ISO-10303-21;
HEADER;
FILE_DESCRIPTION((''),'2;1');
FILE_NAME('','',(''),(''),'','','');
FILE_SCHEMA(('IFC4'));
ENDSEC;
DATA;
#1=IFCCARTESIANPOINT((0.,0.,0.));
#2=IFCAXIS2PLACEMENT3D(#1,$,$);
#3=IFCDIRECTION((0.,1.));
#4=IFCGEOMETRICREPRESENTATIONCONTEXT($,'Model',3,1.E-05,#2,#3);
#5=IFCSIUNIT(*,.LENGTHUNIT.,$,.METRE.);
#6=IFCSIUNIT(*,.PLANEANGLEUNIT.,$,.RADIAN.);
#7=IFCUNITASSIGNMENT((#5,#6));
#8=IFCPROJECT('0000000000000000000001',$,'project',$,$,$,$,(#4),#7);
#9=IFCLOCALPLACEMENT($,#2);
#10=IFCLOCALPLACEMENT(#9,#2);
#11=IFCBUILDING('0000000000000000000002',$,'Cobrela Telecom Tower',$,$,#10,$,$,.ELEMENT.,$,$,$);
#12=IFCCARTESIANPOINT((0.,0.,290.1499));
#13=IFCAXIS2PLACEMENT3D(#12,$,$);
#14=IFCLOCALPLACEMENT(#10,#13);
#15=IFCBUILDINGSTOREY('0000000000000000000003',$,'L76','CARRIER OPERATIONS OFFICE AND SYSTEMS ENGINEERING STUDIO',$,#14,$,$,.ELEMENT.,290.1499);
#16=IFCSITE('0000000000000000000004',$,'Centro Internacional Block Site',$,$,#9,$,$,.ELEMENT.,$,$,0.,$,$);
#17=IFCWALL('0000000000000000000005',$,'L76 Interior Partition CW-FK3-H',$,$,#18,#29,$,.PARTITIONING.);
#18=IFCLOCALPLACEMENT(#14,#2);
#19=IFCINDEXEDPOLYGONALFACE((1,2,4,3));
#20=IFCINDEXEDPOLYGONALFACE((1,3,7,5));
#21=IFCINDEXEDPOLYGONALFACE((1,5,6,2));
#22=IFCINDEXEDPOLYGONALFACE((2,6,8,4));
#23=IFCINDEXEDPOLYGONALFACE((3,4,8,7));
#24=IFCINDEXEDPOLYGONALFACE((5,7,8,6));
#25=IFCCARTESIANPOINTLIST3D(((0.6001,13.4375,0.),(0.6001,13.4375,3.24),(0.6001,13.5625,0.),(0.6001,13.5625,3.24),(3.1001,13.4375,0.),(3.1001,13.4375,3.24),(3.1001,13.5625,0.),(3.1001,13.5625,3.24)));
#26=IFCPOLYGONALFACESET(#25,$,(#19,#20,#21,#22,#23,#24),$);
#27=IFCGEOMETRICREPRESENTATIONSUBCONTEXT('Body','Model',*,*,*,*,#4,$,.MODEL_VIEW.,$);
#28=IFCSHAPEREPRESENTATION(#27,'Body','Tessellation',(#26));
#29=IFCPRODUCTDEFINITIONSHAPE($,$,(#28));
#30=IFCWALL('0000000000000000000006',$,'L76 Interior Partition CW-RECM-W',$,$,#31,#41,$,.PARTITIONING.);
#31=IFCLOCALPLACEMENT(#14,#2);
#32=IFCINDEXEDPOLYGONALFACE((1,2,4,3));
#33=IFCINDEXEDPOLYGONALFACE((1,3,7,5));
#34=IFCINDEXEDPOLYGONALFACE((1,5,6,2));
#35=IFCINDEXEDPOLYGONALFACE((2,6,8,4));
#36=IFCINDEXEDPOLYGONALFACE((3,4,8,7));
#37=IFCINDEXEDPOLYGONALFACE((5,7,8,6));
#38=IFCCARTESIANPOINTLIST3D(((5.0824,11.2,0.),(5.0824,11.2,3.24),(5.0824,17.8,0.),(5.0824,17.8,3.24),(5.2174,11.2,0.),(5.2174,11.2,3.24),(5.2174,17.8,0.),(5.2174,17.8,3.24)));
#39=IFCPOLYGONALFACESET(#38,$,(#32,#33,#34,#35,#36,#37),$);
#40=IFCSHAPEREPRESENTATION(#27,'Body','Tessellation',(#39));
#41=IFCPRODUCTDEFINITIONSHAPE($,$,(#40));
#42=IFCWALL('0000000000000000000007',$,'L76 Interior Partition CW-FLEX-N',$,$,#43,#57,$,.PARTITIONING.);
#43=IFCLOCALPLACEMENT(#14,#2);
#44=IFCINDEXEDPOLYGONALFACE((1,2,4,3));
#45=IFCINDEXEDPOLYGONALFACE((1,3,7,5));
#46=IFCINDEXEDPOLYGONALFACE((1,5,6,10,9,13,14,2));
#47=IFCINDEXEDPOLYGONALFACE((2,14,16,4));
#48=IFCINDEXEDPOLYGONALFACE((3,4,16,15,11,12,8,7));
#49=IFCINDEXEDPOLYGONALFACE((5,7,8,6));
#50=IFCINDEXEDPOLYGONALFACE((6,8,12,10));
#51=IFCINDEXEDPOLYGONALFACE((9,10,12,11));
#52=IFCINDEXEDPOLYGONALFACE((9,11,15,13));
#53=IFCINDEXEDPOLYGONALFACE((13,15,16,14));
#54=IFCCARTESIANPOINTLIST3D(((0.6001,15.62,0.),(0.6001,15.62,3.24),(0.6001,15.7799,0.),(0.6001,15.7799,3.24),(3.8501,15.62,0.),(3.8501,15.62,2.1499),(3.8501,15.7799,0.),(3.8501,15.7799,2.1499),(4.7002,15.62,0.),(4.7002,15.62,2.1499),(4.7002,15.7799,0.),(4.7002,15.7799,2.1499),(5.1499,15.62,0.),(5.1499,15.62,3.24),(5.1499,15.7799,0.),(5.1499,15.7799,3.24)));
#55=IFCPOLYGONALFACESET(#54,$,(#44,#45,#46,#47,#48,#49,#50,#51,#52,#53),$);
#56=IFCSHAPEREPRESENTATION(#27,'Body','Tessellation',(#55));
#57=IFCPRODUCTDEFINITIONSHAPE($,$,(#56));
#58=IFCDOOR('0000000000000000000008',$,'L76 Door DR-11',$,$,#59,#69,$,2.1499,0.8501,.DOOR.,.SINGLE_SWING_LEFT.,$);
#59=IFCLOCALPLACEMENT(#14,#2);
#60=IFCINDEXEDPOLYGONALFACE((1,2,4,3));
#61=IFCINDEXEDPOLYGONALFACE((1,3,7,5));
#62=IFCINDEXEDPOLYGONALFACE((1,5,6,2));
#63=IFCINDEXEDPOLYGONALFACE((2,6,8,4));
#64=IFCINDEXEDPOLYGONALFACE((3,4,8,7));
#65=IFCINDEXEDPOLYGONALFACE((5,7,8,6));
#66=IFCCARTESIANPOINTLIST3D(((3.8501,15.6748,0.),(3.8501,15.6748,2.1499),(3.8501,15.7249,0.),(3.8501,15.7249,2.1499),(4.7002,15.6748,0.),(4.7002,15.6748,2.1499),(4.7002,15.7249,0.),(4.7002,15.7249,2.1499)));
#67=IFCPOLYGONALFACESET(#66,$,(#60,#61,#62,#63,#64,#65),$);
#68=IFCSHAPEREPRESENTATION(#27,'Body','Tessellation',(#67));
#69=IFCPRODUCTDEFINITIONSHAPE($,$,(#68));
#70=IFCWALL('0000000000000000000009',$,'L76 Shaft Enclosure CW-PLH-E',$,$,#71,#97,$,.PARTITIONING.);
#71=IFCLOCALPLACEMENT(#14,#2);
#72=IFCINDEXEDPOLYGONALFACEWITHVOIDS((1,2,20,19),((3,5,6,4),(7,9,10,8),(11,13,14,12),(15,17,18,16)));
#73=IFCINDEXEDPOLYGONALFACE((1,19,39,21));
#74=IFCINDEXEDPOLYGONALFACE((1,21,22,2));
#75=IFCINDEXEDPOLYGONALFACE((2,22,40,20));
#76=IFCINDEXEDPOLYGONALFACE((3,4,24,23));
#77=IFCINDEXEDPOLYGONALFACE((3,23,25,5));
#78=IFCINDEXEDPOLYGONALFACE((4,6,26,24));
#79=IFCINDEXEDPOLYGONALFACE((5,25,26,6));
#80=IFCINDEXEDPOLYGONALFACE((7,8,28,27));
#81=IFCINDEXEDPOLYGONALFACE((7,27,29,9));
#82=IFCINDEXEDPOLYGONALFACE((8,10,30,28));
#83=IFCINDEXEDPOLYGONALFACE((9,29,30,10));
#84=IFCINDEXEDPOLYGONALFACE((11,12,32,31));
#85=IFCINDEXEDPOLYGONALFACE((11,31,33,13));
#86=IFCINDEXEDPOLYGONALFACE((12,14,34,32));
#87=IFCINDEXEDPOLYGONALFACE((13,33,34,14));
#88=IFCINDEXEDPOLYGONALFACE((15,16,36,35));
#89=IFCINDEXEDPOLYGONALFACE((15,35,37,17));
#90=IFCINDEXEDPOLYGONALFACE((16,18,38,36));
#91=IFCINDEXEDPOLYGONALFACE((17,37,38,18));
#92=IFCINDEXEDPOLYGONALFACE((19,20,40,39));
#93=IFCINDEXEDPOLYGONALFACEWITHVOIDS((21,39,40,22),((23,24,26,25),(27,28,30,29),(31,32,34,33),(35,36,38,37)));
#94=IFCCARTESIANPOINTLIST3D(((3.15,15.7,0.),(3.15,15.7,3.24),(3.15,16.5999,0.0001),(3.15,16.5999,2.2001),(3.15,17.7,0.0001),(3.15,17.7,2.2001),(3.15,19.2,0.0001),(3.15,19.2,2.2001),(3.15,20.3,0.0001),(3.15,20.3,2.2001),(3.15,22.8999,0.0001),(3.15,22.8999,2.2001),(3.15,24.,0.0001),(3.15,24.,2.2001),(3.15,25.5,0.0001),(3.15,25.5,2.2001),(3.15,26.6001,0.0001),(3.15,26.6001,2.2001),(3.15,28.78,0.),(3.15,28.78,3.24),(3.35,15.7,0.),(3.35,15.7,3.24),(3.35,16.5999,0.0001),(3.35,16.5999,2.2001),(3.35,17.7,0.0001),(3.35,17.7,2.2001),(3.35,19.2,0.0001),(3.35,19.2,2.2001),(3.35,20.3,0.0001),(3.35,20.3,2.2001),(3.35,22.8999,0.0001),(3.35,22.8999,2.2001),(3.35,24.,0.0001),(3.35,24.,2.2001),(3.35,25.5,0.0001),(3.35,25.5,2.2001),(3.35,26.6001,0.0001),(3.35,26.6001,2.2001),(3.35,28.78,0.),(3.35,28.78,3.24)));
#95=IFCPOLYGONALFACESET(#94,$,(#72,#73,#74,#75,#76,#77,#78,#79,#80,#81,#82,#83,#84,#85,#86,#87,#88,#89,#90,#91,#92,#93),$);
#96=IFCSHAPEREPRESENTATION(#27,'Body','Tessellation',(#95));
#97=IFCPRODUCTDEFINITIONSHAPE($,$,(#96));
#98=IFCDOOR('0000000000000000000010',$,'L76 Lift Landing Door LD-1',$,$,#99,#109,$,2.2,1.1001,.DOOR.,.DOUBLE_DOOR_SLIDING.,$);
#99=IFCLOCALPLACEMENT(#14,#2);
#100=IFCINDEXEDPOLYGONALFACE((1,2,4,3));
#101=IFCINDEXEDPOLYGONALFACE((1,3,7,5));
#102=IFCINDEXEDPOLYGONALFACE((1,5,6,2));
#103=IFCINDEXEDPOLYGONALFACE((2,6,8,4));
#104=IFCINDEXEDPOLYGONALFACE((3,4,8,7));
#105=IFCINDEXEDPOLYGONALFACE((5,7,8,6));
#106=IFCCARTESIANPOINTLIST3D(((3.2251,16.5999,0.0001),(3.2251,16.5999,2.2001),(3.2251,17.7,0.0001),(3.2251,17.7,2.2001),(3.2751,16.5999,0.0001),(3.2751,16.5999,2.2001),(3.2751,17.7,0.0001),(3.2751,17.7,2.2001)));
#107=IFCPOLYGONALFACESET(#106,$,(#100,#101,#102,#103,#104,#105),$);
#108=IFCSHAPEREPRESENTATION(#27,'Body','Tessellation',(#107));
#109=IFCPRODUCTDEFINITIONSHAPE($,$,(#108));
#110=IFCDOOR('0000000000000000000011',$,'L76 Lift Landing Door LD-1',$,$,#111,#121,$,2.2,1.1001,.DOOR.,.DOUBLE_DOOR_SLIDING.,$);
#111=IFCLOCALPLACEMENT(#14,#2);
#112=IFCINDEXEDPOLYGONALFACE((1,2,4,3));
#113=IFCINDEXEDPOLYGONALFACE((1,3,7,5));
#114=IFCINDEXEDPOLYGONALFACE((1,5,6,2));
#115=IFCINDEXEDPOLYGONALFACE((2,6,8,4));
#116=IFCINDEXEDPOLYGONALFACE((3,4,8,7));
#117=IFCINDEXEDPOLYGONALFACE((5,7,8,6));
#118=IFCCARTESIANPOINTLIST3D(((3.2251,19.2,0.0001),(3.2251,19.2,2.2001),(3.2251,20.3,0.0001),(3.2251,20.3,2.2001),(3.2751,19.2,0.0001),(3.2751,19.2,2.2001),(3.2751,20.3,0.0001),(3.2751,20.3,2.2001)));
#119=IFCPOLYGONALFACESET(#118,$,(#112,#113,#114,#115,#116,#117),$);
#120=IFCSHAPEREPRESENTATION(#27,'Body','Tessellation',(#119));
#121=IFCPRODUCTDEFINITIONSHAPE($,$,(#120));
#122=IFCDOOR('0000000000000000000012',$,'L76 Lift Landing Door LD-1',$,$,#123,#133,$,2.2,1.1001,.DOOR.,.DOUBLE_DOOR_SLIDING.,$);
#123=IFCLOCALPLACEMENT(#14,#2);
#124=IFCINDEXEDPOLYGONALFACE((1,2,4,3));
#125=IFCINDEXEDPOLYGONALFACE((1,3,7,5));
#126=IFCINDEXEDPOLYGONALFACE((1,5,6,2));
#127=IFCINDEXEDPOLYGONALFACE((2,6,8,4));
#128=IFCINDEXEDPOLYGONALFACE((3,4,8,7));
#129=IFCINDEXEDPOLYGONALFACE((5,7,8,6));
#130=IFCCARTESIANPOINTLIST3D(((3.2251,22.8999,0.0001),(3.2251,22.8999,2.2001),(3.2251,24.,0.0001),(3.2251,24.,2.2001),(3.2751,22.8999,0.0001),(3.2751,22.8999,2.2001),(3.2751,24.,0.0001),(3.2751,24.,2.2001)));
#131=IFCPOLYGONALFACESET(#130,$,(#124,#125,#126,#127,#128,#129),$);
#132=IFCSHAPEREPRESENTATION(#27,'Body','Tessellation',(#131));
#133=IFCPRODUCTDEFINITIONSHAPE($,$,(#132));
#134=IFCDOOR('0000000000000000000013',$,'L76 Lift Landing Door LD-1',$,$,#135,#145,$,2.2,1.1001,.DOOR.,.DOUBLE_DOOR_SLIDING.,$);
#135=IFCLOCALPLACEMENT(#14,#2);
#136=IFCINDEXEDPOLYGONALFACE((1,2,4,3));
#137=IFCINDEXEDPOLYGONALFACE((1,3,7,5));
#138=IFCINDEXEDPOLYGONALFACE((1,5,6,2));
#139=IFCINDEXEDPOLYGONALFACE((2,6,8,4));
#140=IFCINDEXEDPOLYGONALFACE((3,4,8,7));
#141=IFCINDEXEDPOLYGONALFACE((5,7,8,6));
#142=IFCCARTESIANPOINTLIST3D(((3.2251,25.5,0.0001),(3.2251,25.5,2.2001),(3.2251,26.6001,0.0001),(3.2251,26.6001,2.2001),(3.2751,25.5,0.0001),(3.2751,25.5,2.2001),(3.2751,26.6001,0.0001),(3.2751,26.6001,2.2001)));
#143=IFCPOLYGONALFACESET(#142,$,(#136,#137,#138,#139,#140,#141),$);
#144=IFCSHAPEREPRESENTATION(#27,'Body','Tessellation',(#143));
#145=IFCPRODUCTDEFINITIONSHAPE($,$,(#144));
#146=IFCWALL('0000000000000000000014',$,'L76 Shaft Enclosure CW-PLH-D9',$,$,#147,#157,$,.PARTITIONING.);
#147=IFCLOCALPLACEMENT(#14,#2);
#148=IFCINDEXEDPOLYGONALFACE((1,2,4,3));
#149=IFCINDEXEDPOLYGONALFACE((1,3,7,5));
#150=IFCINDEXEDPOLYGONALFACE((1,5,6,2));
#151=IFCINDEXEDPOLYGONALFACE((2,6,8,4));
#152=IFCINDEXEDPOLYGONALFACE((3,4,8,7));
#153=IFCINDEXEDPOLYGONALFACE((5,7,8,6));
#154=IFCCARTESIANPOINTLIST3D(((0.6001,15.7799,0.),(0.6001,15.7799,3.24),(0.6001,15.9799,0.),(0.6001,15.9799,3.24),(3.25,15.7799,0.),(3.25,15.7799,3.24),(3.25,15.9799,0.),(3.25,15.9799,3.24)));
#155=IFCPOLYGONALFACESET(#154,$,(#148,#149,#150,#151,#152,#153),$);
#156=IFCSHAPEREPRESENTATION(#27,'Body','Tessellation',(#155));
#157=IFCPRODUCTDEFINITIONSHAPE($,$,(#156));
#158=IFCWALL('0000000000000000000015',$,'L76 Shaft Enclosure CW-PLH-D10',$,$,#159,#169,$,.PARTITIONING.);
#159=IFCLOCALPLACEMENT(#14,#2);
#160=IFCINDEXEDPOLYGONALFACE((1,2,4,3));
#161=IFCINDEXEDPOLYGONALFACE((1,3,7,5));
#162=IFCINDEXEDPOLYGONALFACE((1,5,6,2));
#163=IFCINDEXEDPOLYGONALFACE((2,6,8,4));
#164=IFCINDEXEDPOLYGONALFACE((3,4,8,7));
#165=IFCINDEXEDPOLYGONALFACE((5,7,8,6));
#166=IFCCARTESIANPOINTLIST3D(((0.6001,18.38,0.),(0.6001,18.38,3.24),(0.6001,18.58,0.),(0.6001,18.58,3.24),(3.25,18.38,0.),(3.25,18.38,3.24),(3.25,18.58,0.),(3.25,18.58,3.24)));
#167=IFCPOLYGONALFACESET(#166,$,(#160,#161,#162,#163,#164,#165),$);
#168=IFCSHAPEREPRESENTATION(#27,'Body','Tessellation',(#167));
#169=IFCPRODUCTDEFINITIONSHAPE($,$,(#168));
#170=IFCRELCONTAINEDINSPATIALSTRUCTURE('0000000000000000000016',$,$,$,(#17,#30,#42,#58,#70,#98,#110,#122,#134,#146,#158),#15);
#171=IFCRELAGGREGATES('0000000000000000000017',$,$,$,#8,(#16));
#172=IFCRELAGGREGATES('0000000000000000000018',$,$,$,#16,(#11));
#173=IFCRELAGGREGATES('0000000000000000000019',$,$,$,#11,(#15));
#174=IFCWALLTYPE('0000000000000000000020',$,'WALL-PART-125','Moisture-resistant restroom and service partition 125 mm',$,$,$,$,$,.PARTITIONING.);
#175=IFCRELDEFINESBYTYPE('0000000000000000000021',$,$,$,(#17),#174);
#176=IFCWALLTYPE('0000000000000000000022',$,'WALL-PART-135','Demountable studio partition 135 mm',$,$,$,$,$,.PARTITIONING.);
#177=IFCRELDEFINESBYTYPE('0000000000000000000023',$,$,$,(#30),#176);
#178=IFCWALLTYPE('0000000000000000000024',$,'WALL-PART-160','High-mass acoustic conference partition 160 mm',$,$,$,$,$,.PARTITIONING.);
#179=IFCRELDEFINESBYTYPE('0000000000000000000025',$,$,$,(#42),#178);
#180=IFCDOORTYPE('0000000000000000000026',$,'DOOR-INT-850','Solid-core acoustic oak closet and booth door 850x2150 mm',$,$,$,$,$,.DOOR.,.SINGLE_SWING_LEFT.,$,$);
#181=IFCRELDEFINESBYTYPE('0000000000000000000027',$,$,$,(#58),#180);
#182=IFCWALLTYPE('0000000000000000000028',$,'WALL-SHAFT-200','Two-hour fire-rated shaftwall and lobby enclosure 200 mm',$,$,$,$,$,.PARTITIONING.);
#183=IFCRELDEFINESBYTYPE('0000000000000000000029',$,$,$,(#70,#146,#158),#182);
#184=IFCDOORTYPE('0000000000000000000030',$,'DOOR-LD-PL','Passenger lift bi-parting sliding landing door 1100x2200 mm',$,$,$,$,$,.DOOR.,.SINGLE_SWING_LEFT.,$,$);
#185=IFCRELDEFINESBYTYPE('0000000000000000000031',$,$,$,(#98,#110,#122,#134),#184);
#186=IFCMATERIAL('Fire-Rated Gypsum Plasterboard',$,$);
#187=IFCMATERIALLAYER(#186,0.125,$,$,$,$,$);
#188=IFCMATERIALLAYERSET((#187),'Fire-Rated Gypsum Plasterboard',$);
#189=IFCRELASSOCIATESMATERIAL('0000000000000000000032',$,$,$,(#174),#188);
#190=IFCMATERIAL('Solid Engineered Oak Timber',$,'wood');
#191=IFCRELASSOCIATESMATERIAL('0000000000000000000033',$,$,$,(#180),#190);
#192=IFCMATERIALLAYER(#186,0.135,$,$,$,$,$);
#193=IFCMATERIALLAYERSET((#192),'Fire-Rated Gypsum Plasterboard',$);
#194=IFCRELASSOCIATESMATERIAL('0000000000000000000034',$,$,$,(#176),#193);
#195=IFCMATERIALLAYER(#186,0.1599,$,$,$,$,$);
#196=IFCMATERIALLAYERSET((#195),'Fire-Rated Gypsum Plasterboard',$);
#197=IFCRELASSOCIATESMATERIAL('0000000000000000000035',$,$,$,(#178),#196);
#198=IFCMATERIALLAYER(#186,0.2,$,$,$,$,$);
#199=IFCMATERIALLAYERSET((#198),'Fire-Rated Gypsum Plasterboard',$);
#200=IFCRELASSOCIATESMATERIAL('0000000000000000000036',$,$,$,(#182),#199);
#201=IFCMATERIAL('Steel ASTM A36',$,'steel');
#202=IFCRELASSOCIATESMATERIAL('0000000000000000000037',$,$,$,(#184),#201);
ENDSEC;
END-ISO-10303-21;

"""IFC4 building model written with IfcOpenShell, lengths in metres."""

from ifc_helpers import new_model, si_unit, direction, frame, frame_2d, origin, place, context, subcontext, project, spatial, rectangle, extrude, material, layer, layer_set, type_object, element, fill, save


model = new_model("IFC4")

# Units and contexts
model_context = context("Model", 3, precision=1e-05, world=origin(), true_north=direction((0.0, 1.0)))
body_context = subcontext(model_context, "Body", "Model", "MODEL_VIEW")
ifc_project = project(units=[si_unit("LENGTHUNIT", "METRE"), si_unit("PLANEANGLEUNIT", "RADIAN")], contexts=[model_context])

# Site, building, storey
site_placement = place(None, origin())
site = spatial("IfcSite", under=ifc_project, at=site_placement, Name="Centro Internacional Block Site", CompositionType="ELEMENT", RefElevation=0.0)
building_placement = place(site_placement, origin())
building = spatial("IfcBuilding", under=site, at=building_placement, Name="Cobrela Telecom Tower", CompositionType="ELEMENT")
storey_placement = place(building_placement, frame((0.0, 0.0, 290.1499)))
storey = spatial("IfcBuildingStorey", under=building, at=storey_placement, Name="L76", Description="CARRIER OPERATIONS OFFICE AND SYSTEMS ENGINEERING STUDIO", CompositionType="ELEMENT", Elevation=290.1499)

# Wall
ifc_material_1 = material(Name="Fire-Rated Gypsum Plasterboard")
ifc_layer_1 = layer(ifc_material_1, 0.125)
ifc_layer_set_1 = layer_set([ifc_layer_1], Name="Fire-Rated Gypsum Plasterboard")
wall_type_1 = type_object("IfcWallType", Name="WALL-PART-125", Description="Moisture-resistant restroom and service partition 125 mm", PredefinedType="PARTITIONING", material=ifc_layer_set_1)
wall_1_placement = place(storey_placement, frame((0.6001, 13.5, 0.0), z_axis=(0.0, 0.0, 1.0), x_axis=(1.0, 0.0, 0.0)))
element("IfcWall", 1, at=wall_1_placement, inside=storey, type_object=wall_type_1, Name="L76 Interior Partition CW-FK3-H", PredefinedType="PARTITIONING", context=body_context, shape_type="SweptSolid", body=[
    extrude(rectangle(XDim=2.5, YDim=0.125, at=frame_2d((1.25, 0.0))), origin(), (0.0, 0.0, 1.0), 3.24),
])

# Shared definitions
ifc_material_2 = material(Name="Solid Engineered Oak Timber", Category="wood")
door_type_1 = type_object("IfcDoorType", Name="DOOR-INT-850", Description="Solid-core acoustic oak closet and booth door 850x2150 mm", OperationType="SINGLE_SWING_LEFT", PredefinedType="DOOR", material=ifc_material_2)

# Wall
ifc_layer_2 = layer(ifc_material_1, 0.135)
ifc_layer_set_2 = layer_set([ifc_layer_2], Name="Fire-Rated Gypsum Plasterboard")
wall_type_2 = type_object("IfcWallType", Name="WALL-PART-135", Description="Demountable studio partition 135 mm", PredefinedType="PARTITIONING", material=ifc_layer_set_2)
wall_2_placement = place(storey_placement, frame((5.1499, 11.2, 0.0), z_axis=(0.0, 0.0, 1.0), x_axis=(0.0, 1.0, 0.0)))
element("IfcWall", 2, at=wall_2_placement, inside=storey, type_object=wall_type_2, Name="L76 Interior Partition CW-RECM-W", PredefinedType="PARTITIONING", context=body_context, shape_type="SweptSolid", body=[
    extrude(rectangle(XDim=6.6001, YDim=0.135, at=frame_2d((3.3, 0.0))), origin(), (0.0, 0.0, 1.0), 3.24),
])

# Wall, opening, door
ifc_layer_3 = layer(ifc_material_1, 0.1599)
ifc_layer_set_3 = layer_set([ifc_layer_3], Name="Fire-Rated Gypsum Plasterboard")
wall_type_3 = type_object("IfcWallType", Name="WALL-PART-160", Description="High-mass acoustic conference partition 160 mm", PredefinedType="PARTITIONING", material=ifc_layer_set_3)
wall_3_placement = place(storey_placement, frame((0.6001, 15.7, 0.0), z_axis=(0.0, 0.0, 1.0), x_axis=(1.0, 0.0, 0.0)))
wall_3 = element("IfcWall", 3, at=wall_3_placement, inside=storey, type_object=wall_type_3, Name="L76 Interior Partition CW-FLEX-N", PredefinedType="PARTITIONING", context=body_context, shape_type="SweptSolid", body=[
    extrude(rectangle(XDim=4.5498, YDim=0.1599, at=frame_2d((2.2749, 0.0))), origin(), (0.0, 0.0, 1.0), 3.24),
])
opening_1_placement = place(wall_3_placement, frame((3.25, 0.0, 0.0)))
opening_1 = element("IfcOpeningElement", 4, at=opening_1_placement, cuts=wall_3, PredefinedType="OPENING", context=body_context, shape_type="SweptSolid", body=[
    extrude(rectangle(XDim=0.8501, YDim=2.1499, at=frame_2d((0.425, 1.075))), frame((0.0, 0.0918, 0.0), z_axis=(0.0, -1.0, 0.0), x_axis=(1.0, 0.0, 0.0)), (0.0, 0.0, 1.0), 0.1838),
])
door_1_placement = place(opening_1_placement, origin())
door_1 = element("IfcDoor", 5, at=door_1_placement, inside=storey, type_object=door_type_1, Name="L76 Door DR-11", OperationType="SINGLE_SWING_LEFT", OverallHeight=2.1499, OverallWidth=0.8501, PredefinedType="DOOR", context=body_context, shape_type="SweptSolid", body=[
    extrude(rectangle(XDim=0.8501, YDim=2.1499, at=frame_2d((0.425, 1.075))), frame((0.0, 0.0249, 0.0), z_axis=(0.0, -1.0, 0.0), x_axis=(1.0, 0.0, 0.0)), (0.0, 0.0, 1.0), 0.05),
])
fill(opening_1, door_1)

# Wall, openings, doors
ifc_layer_4 = layer(ifc_material_1, 0.2)
ifc_layer_set_4 = layer_set([ifc_layer_4], Name="Fire-Rated Gypsum Plasterboard")
wall_type_4 = type_object("IfcWallType", Name="WALL-SHAFT-200", Description="Two-hour fire-rated shaftwall and lobby enclosure 200 mm", PredefinedType="PARTITIONING", material=ifc_layer_set_4)
wall_4_placement = place(storey_placement, frame((3.25, 15.7, 0.0), z_axis=(0.0, 0.0, 1.0), x_axis=(0.0, 1.0, 0.0)))
wall_4 = element("IfcWall", 6, at=wall_4_placement, inside=storey, type_object=wall_type_4, Name="L76 Shaft Enclosure CW-PLH-E", PredefinedType="PARTITIONING", context=body_context, shape_type="SweptSolid", body=[
    extrude(rectangle(XDim=13.0801, YDim=0.2, at=frame_2d((6.54, 0.0))), origin(), (0.0, 0.0, 1.0), 3.24),
])
opening_2_placement = place(wall_4_placement, frame((0.8999, 0.0, 0.0)))
opening_2 = element("IfcOpeningElement", 7, at=opening_2_placement, cuts=wall_4, PredefinedType="OPENING", context=body_context, shape_type="SweptSolid", body=[
    extrude(rectangle(XDim=1.1001, YDim=2.2, at=frame_2d((0.55, 1.1001))), frame((0.0, 0.1118, 0.0), z_axis=(0.0, -1.0, 0.0), x_axis=(1.0, 0.0, 0.0)), (0.0, 0.0, 1.0), 0.2239),
])
opening_3_placement = place(wall_4_placement, frame((3.5, 0.0, 0.0)))
opening_3 = element("IfcOpeningElement", 8, at=opening_3_placement, cuts=wall_4, PredefinedType="OPENING", context=body_context, shape_type="SweptSolid", body=[
    extrude(rectangle(XDim=1.1001, YDim=2.2, at=frame_2d((0.55, 1.1001))), frame((0.0, 0.1118, 0.0), z_axis=(0.0, -1.0, 0.0), x_axis=(1.0, 0.0, 0.0)), (0.0, 0.0, 1.0), 0.2239),
])
opening_4_placement = place(wall_4_placement, frame((7.2, 0.0, 0.0)))
opening_4 = element("IfcOpeningElement", 9, at=opening_4_placement, cuts=wall_4, PredefinedType="OPENING", context=body_context, shape_type="SweptSolid", body=[
    extrude(rectangle(XDim=1.1001, YDim=2.2, at=frame_2d((0.55, 1.1001))), frame((0.0, 0.1118, 0.0), z_axis=(0.0, -1.0, 0.0), x_axis=(1.0, 0.0, 0.0)), (0.0, 0.0, 1.0), 0.2239),
])
opening_5_placement = place(wall_4_placement, frame((9.8, 0.0, 0.0)))
opening_5 = element("IfcOpeningElement", 10, at=opening_5_placement, cuts=wall_4, PredefinedType="OPENING", context=body_context, shape_type="SweptSolid", body=[
    extrude(rectangle(XDim=1.1001, YDim=2.2, at=frame_2d((0.55, 1.1001))), frame((0.0, 0.1118, 0.0), z_axis=(0.0, -1.0, 0.0), x_axis=(1.0, 0.0, 0.0)), (0.0, 0.0, 1.0), 0.2239),
])
ifc_material_3 = material(Name="Steel ASTM A36", Category="steel")
door_type_2 = type_object("IfcDoorType", Name="DOOR-LD-PL", Description="Passenger lift bi-parting sliding landing door 1100x2200 mm", OperationType="SINGLE_SWING_LEFT", PredefinedType="DOOR", material=ifc_material_3)
door_2_placement = place(opening_2_placement, origin())
door_2 = element("IfcDoor", 11, at=door_2_placement, inside=storey, type_object=door_type_2, Name="L76 Lift Landing Door LD-1", OperationType="DOUBLE_DOOR_SLIDING", OverallHeight=2.2, OverallWidth=1.1001, PredefinedType="DOOR", context=body_context, shape_type="SweptSolid", body=[
    extrude(rectangle(XDim=1.1001, YDim=2.2, at=frame_2d((0.55, 1.1001))), frame((0.0, 0.0249, 0.0), z_axis=(0.0, -1.0, 0.0), x_axis=(1.0, 0.0, 0.0)), (0.0, 0.0, 1.0), 0.05),
])
fill(opening_2, door_2)
door_3_placement = place(opening_3_placement, origin())
door_3 = element("IfcDoor", 12, at=door_3_placement, inside=storey, type_object=door_type_2, Name="L76 Lift Landing Door LD-1", OperationType="DOUBLE_DOOR_SLIDING", OverallHeight=2.2, OverallWidth=1.1001, PredefinedType="DOOR", context=body_context, shape_type="SweptSolid", body=[
    extrude(rectangle(XDim=1.1001, YDim=2.2, at=frame_2d((0.55, 1.1001))), frame((0.0, 0.0249, 0.0), z_axis=(0.0, -1.0, 0.0), x_axis=(1.0, 0.0, 0.0)), (0.0, 0.0, 1.0), 0.05),
])
fill(opening_3, door_3)
door_4_placement = place(opening_4_placement, origin())
door_4 = element("IfcDoor", 13, at=door_4_placement, inside=storey, type_object=door_type_2, Name="L76 Lift Landing Door LD-1", OperationType="DOUBLE_DOOR_SLIDING", OverallHeight=2.2, OverallWidth=1.1001, PredefinedType="DOOR", context=body_context, shape_type="SweptSolid", body=[
    extrude(rectangle(XDim=1.1001, YDim=2.2, at=frame_2d((0.55, 1.1001))), frame((0.0, 0.0249, 0.0), z_axis=(0.0, -1.0, 0.0), x_axis=(1.0, 0.0, 0.0)), (0.0, 0.0, 1.0), 0.05),
])
fill(opening_4, door_4)
door_5_placement = place(opening_5_placement, origin())
door_5 = element("IfcDoor", 14, at=door_5_placement, inside=storey, type_object=door_type_2, Name="L76 Lift Landing Door LD-1", OperationType="DOUBLE_DOOR_SLIDING", OverallHeight=2.2, OverallWidth=1.1001, PredefinedType="DOOR", context=body_context, shape_type="SweptSolid", body=[
    extrude(rectangle(XDim=1.1001, YDim=2.2, at=frame_2d((0.55, 1.1001))), frame((0.0, 0.0249, 0.0), z_axis=(0.0, -1.0, 0.0), x_axis=(1.0, 0.0, 0.0)), (0.0, 0.0, 1.0), 0.05),
])
fill(opening_5, door_5)

# Walls
for number, where, z_axis, x_axis, name in (
    (15, (0.6001, 15.8799, 0.0), (0.0, 0.0, 1.0), (1.0, 0.0, 0.0), "L76 Shaft Enclosure CW-PLH-D9"),
    (16, (0.6001, 18.48, 0.0), (0.0, 0.0, 1.0), (1.0, 0.0, 0.0), "L76 Shaft Enclosure CW-PLH-D10"),
):
    element("IfcWall", number, at=place(storey_placement, frame(where, z_axis=z_axis, x_axis=x_axis)), inside=storey, type_object=wall_type_4, Name=name, PredefinedType="PARTITIONING", context=body_context, shape_type="SweptSolid", body=[
        extrude(rectangle(XDim=2.6499, YDim=0.2, at=frame_2d((1.325, 0.0))), origin(), (0.0, 0.0, 1.0), 3.24),
    ])

save(model, "model.ifc")
